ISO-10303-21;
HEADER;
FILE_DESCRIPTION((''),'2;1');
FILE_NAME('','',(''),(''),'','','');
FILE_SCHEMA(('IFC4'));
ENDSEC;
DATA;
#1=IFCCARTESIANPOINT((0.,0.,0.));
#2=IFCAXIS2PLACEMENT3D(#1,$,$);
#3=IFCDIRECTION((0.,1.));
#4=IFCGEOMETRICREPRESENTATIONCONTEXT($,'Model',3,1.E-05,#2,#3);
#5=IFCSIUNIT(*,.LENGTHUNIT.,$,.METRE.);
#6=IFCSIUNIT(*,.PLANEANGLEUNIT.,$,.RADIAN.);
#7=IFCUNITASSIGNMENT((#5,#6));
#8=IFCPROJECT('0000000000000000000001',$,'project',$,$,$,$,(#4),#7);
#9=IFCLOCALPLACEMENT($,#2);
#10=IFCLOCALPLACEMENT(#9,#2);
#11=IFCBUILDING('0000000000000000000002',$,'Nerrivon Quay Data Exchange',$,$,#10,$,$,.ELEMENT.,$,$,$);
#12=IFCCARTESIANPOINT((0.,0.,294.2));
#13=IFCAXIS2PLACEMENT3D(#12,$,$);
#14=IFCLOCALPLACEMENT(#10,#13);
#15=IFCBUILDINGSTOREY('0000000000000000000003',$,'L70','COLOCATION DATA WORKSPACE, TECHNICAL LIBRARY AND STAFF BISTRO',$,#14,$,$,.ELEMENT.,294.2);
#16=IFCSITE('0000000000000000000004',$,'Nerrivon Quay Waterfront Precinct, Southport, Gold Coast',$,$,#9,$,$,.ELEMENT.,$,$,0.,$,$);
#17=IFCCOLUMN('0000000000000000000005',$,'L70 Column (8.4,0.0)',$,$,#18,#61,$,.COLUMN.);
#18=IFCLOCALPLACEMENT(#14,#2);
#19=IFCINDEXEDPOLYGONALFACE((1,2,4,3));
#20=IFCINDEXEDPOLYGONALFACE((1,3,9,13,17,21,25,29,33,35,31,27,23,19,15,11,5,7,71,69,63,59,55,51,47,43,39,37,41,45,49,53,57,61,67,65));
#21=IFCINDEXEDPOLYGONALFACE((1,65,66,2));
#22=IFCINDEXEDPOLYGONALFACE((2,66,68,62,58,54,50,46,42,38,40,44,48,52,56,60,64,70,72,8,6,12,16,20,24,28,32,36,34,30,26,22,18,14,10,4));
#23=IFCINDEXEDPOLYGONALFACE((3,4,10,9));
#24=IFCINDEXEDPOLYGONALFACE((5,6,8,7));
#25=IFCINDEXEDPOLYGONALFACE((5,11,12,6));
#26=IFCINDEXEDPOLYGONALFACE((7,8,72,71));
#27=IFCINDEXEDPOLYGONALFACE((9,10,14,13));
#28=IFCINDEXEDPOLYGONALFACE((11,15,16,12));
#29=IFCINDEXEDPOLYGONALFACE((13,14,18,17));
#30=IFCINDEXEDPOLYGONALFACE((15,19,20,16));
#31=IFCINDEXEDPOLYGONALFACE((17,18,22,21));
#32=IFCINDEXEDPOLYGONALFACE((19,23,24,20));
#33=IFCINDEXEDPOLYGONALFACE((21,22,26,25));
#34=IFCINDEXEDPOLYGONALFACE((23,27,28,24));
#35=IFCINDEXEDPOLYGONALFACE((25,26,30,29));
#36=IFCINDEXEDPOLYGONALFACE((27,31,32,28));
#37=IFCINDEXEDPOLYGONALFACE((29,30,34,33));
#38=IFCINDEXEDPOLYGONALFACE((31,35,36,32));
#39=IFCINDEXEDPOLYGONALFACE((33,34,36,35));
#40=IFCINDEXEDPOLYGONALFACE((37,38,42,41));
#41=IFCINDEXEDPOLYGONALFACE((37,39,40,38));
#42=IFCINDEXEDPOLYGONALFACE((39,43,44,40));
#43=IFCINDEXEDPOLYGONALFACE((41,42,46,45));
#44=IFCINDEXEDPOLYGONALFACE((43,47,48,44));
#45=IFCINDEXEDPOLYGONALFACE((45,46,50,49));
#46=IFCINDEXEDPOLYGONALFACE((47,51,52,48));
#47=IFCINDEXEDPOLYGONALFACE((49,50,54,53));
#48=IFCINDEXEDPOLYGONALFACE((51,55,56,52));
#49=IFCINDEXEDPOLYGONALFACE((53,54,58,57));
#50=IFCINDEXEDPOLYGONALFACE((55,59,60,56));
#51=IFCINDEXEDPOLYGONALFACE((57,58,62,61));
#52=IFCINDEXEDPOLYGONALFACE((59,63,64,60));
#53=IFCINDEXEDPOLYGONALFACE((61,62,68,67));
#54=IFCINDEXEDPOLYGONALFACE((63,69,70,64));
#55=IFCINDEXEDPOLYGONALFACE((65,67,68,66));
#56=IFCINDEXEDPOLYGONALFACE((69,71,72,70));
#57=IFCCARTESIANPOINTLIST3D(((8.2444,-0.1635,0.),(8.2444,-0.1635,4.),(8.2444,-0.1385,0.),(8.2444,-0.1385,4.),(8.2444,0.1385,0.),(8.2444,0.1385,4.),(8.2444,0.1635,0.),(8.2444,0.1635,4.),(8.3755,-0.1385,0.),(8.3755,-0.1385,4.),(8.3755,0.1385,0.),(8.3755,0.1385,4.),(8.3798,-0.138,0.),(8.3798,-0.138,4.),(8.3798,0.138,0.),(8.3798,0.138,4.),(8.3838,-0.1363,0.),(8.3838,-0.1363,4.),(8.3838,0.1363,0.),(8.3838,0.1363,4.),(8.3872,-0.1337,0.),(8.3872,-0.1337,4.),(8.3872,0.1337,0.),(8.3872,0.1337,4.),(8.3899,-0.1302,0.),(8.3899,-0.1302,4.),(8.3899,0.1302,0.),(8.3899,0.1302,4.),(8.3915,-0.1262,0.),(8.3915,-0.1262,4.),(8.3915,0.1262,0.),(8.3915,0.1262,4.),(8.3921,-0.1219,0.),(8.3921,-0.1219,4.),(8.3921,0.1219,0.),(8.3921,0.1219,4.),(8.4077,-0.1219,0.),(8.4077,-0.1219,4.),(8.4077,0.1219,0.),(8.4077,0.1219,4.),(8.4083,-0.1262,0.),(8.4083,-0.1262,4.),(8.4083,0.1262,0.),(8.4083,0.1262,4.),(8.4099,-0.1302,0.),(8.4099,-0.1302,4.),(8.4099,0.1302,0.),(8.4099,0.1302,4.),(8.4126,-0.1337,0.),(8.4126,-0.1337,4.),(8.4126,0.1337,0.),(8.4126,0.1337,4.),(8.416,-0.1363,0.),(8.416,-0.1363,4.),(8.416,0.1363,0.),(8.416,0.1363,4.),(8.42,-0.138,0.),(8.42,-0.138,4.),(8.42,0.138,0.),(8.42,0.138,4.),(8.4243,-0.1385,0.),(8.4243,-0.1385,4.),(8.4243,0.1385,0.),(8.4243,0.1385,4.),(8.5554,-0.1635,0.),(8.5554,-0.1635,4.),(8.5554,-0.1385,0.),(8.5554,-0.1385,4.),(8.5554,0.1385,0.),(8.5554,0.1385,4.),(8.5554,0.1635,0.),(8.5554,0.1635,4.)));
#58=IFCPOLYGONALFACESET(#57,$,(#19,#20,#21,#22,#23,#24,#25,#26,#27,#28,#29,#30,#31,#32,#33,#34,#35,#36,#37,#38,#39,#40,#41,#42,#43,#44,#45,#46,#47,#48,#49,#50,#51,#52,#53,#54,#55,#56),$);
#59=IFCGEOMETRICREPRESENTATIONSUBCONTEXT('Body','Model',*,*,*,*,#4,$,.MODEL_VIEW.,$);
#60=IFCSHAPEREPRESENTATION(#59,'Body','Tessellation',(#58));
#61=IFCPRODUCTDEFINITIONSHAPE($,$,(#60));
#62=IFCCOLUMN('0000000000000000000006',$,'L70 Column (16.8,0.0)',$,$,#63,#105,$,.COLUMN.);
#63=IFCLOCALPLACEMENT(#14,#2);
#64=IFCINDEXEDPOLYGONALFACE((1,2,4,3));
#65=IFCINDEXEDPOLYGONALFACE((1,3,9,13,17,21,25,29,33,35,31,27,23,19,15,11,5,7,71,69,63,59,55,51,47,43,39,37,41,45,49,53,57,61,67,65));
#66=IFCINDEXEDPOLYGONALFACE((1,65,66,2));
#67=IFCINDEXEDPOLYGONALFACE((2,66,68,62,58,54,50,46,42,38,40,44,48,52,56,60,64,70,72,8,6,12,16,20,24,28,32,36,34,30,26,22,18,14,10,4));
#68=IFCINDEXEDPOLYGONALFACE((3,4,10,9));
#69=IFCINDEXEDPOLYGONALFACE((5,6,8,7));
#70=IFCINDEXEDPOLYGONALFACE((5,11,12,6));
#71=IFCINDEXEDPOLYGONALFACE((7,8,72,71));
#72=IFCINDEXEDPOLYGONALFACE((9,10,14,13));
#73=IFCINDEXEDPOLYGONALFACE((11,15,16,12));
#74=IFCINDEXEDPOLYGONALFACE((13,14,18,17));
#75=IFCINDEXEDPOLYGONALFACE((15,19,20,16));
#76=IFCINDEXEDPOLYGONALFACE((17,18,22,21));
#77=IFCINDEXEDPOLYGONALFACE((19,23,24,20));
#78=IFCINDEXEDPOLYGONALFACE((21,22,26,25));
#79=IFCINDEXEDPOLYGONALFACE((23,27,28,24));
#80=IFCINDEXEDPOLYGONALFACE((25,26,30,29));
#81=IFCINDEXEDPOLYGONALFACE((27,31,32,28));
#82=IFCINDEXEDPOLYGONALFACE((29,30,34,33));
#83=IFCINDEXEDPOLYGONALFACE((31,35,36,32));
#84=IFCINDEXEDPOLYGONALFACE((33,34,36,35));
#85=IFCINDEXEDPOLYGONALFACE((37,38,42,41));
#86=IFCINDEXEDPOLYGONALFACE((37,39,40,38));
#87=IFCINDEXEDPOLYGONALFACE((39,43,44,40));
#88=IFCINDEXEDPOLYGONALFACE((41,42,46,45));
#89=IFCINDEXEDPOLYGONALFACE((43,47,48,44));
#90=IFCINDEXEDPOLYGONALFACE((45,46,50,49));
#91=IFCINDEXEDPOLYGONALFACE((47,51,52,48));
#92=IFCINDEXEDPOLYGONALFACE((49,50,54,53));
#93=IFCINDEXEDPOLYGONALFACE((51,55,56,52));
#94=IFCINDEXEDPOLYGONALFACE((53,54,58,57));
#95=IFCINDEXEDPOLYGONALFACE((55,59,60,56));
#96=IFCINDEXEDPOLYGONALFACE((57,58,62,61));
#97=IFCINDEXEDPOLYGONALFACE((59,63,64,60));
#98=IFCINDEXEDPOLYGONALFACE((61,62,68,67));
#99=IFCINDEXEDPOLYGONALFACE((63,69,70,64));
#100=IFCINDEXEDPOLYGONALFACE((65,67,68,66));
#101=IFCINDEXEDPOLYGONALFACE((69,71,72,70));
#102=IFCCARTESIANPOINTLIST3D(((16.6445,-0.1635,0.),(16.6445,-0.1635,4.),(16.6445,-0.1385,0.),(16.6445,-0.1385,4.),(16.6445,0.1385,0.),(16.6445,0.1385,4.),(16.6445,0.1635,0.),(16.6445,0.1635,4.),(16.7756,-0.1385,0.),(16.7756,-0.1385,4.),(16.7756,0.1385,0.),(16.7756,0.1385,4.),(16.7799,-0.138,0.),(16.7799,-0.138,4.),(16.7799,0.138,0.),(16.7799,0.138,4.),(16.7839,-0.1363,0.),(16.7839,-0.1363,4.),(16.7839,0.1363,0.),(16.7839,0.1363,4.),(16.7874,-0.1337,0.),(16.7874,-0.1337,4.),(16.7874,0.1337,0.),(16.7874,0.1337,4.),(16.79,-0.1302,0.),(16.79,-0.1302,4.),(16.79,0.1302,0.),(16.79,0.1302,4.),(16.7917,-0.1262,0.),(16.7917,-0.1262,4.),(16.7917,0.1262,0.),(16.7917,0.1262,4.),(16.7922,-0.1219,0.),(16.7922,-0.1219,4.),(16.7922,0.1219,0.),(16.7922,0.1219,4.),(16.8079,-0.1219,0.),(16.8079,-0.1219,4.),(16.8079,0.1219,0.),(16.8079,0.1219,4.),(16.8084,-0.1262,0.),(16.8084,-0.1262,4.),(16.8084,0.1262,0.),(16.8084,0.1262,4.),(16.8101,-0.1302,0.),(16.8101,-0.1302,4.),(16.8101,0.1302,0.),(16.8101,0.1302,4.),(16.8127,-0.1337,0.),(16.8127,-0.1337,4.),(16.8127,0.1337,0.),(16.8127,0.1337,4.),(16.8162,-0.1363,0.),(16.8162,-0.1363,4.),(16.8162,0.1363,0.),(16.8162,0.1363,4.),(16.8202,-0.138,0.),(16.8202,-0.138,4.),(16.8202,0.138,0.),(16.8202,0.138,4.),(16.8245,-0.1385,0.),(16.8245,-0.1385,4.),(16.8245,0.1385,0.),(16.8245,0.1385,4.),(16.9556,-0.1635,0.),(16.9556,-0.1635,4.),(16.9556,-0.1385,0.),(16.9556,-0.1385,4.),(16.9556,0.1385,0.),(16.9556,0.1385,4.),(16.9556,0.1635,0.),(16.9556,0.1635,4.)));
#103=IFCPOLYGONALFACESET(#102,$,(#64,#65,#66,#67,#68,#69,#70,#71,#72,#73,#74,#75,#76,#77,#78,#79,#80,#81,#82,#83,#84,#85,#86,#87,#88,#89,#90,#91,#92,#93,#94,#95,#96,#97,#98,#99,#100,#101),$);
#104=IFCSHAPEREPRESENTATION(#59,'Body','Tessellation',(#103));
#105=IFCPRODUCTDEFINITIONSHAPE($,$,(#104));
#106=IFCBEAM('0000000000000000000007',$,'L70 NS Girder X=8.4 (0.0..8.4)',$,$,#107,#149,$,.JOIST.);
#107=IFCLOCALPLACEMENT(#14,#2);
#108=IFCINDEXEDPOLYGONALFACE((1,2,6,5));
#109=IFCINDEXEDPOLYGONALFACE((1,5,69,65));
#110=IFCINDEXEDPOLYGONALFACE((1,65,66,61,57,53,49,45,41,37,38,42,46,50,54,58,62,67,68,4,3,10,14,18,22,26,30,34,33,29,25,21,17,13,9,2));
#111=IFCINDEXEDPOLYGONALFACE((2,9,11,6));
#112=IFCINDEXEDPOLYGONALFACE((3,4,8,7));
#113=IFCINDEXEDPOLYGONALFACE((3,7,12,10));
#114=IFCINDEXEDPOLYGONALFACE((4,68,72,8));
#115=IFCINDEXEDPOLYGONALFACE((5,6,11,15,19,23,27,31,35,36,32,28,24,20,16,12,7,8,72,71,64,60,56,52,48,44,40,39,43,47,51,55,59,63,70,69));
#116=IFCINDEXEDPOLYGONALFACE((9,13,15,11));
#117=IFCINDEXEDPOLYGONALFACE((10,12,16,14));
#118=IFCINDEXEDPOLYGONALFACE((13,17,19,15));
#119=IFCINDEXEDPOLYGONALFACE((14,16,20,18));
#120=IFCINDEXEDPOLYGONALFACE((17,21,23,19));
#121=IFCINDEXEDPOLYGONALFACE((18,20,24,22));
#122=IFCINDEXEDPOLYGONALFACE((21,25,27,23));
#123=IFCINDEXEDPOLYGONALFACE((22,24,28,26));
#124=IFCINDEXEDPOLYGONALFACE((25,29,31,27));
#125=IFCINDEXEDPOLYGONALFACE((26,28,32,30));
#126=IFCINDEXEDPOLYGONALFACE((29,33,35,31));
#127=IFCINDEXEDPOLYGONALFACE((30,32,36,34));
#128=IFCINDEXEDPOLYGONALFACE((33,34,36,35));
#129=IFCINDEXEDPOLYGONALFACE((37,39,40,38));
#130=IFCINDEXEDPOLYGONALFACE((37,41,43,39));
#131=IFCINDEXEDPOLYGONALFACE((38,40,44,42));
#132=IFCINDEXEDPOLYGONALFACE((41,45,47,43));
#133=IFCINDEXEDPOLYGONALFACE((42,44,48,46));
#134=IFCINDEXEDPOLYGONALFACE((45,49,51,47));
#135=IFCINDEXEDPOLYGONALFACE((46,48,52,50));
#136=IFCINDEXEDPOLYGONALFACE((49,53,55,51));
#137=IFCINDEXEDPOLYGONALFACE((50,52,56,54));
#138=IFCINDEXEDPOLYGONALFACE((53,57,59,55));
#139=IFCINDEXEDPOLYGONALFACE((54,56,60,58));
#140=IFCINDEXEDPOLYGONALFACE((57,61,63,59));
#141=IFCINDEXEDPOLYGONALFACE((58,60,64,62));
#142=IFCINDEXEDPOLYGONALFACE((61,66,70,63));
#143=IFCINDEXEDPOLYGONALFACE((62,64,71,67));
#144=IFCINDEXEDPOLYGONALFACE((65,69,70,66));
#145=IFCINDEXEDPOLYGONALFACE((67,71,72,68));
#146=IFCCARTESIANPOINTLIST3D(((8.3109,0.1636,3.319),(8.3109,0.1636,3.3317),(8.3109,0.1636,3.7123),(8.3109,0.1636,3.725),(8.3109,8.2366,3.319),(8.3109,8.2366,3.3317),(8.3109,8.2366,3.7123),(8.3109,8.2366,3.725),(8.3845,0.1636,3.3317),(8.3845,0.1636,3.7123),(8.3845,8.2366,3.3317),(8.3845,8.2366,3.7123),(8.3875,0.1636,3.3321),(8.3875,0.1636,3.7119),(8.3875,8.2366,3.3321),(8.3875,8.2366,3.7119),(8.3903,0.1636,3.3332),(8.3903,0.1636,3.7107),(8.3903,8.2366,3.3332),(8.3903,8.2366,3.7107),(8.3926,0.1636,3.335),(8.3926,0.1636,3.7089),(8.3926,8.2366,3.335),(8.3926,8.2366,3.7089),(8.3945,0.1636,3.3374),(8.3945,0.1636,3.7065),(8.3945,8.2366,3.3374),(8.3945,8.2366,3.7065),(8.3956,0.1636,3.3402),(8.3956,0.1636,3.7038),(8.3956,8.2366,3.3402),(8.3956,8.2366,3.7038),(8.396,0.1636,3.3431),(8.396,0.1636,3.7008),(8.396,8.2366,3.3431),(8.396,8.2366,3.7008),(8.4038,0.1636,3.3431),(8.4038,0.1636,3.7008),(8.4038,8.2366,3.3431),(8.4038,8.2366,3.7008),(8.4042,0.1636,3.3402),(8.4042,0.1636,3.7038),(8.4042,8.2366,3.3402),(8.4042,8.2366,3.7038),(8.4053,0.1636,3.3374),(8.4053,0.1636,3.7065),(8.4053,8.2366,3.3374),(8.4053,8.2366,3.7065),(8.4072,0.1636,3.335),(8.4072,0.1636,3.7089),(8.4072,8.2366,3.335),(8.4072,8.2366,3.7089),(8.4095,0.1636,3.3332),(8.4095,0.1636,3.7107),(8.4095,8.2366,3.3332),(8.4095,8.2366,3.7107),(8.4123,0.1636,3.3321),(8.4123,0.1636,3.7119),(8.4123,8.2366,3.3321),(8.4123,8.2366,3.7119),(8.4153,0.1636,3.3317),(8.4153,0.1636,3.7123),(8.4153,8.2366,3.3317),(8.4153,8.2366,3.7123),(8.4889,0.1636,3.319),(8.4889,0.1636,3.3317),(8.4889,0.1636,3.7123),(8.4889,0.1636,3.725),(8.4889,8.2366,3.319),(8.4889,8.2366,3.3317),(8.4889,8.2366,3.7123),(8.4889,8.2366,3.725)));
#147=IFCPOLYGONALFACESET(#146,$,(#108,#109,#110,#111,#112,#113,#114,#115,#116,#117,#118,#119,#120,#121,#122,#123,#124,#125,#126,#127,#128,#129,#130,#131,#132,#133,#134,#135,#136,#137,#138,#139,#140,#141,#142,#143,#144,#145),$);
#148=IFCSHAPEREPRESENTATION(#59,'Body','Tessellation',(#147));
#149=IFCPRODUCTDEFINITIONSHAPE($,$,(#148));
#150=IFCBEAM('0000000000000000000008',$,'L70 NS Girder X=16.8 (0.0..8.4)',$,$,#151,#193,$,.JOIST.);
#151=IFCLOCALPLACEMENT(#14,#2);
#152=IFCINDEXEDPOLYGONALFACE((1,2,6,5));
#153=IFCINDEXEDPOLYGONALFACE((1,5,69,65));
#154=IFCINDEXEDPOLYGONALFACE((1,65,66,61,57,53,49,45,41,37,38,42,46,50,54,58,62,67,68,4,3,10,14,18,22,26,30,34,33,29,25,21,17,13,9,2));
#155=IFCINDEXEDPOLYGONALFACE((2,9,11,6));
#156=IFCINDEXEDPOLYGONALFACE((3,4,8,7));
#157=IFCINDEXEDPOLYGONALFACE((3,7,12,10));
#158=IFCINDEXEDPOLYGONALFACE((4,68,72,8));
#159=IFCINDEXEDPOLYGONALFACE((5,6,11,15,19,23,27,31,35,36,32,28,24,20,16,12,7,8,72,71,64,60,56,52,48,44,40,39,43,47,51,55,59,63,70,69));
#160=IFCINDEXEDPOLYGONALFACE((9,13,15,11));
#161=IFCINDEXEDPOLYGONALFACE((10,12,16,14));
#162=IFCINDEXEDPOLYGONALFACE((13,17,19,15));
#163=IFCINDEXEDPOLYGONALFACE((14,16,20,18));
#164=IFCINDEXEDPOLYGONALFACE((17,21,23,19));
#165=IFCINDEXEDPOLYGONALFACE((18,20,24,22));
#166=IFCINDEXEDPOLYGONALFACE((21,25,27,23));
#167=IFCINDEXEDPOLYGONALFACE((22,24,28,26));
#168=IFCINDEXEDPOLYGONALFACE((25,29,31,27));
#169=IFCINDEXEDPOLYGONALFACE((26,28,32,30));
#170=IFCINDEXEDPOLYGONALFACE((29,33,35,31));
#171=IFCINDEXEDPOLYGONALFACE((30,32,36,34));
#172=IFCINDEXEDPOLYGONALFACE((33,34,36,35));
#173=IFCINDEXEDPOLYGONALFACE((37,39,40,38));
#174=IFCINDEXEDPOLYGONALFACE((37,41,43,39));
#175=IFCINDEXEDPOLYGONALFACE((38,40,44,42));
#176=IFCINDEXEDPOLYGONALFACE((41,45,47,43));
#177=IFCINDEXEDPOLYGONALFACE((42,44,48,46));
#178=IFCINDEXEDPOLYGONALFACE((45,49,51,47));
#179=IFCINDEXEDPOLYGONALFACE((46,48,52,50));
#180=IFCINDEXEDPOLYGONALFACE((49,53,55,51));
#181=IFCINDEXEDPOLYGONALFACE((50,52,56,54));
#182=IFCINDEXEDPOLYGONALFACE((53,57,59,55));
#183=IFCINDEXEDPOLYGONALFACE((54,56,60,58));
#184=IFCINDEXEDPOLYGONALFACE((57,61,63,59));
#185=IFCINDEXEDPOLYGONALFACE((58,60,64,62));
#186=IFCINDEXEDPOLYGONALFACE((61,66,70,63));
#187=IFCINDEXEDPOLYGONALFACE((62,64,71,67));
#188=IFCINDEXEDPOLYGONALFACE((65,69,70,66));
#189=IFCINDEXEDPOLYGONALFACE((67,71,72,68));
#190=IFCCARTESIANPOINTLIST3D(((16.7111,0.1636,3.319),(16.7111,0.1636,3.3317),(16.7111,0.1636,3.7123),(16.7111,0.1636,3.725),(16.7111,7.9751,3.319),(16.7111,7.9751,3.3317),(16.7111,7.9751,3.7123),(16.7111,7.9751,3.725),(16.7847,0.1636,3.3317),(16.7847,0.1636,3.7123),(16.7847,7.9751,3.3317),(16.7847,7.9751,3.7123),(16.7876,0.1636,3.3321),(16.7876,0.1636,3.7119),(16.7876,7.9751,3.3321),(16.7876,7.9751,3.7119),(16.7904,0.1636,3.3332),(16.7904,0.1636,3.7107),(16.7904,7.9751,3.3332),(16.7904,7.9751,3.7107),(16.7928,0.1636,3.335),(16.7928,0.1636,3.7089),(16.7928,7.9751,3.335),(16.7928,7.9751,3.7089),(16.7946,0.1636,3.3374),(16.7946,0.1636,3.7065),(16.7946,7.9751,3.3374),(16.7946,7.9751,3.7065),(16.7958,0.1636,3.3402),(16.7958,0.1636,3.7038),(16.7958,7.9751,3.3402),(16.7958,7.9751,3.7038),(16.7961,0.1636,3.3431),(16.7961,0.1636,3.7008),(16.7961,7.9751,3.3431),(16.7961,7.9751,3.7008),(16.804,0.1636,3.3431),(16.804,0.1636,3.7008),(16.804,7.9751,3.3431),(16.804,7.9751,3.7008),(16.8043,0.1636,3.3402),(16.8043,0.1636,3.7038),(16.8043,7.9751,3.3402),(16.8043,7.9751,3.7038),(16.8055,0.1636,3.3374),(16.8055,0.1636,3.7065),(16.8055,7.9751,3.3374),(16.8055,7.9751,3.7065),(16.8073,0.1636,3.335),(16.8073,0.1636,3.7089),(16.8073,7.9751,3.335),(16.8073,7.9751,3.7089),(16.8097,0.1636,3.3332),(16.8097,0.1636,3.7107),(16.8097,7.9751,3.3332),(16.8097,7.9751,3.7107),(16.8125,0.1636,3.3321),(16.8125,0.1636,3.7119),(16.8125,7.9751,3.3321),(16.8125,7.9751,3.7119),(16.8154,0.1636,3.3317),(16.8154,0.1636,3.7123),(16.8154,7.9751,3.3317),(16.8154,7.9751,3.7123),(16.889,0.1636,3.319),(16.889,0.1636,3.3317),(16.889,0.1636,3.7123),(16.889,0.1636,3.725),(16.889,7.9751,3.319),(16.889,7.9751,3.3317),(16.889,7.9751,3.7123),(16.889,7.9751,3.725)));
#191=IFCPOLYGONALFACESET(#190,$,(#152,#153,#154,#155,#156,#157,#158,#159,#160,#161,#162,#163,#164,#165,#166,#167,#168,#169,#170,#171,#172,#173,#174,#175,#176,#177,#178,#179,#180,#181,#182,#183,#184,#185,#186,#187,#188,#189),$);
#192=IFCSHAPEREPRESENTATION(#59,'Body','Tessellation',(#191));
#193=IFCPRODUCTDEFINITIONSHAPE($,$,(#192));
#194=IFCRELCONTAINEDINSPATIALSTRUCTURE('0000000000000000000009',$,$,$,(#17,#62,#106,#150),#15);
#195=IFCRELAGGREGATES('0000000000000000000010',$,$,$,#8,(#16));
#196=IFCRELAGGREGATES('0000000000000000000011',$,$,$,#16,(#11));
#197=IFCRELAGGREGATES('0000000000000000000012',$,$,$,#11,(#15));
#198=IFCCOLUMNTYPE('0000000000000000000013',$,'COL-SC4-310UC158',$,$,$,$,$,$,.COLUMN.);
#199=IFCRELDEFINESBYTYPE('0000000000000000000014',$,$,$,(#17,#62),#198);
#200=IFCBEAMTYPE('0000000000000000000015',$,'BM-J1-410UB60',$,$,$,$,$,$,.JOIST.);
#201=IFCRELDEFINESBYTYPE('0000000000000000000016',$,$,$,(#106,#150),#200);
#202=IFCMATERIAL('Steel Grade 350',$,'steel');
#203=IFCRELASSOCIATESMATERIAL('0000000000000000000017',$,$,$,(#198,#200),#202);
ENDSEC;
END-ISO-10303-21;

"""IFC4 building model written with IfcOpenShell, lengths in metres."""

from ifc_helpers import new_model, si_unit, direction, frame, origin, origin_2d, place, context, subcontext, project, spatial, i_section, extrude, material, material_profile, profile_set, type_object, element, save


model = new_model("IFC4")

# Units and contexts
model_context = context("Model", 3, precision=1e-05, world=origin(), true_north=direction((0.0, 1.0)))
body_context = subcontext(model_context, "Body", "Model", "MODEL_VIEW")
ifc_project = project(units=[si_unit("LENGTHUNIT", "METRE"), si_unit("PLANEANGLEUNIT", "RADIAN")], contexts=[model_context])

# Site, building, storey
site_placement = place(None, origin())
site = spatial("IfcSite", under=ifc_project, at=site_placement, Name="Nerrivon Quay Waterfront Precinct, Southport, Gold Coast", CompositionType="ELEMENT", RefElevation=0.0)
building_placement = place(site_placement, origin())
building = spatial("IfcBuilding", under=site, at=building_placement, Name="Nerrivon Quay Data Exchange", CompositionType="ELEMENT")
storey_placement = place(building_placement, frame((0.0, 0.0, 294.2)))
storey = spatial("IfcBuildingStorey", under=building, at=storey_placement, Name="L70", Description="COLOCATION DATA WORKSPACE, TECHNICAL LIBRARY AND STAFF BISTRO", CompositionType="ELEMENT", Elevation=294.2)

# Columns
ifc_material_1 = material(Name="Steel Grade 350", Category="steel")
ifc_material_profile_1 = material_profile(ifc_material_1, i_section(OverallWidth=0.311, OverallDepth=0.3269, WebThickness=0.0156, FlangeThickness=0.0249, FilletRadius=0.0166, at=origin_2d()), Name="310UC158")
ifc_profile_set_1 = profile_set([ifc_material_profile_1], Name="Steel Grade 350")
column_type = type_object("IfcColumnType", Name="COL-SC4-310UC158", PredefinedType="COLUMN", material=ifc_profile_set_1)
for number, where, z_axis, x_axis, name in (
    (1, (8.3999, 0.0, 0.0), (0.0, 0.0, 1.0), (1.0, 0.0, 0.0), "L70 Column (8.4,0.0)"),
    (2, (16.8, 0.0, 0.0), (0.0, 0.0, 1.0), (1.0, 0.0, 0.0), "L70 Column (16.8,0.0)"),
):
    element("IfcColumn", number, at=place(storey_placement, frame(where, z_axis=z_axis, x_axis=x_axis)), inside=storey, type_object=column_type, Name=name, PredefinedType="COLUMN", context=body_context, shape_type="SweptSolid", body=[
        extrude(i_section(OverallWidth=0.311, OverallDepth=0.3269, WebThickness=0.0156, FlangeThickness=0.0249, FilletRadius=0.0166, at=origin_2d()), origin(), (0.0, 0.0, 1.0), 4.0),
    ])

# Beams
ifc_material_profile_2 = material_profile(ifc_material_1, i_section(OverallWidth=0.178, OverallDepth=0.406, WebThickness=0.0078, FlangeThickness=0.0127, FilletRadius=0.0115, at=origin_2d()), Name="410UB59.7")
ifc_profile_set_2 = profile_set([ifc_material_profile_2], Name="Steel Grade 350")
beam_type_1 = type_object("IfcBeamType", Name="BM-J1-410UB60", PredefinedType="JOIST", material=ifc_profile_set_2)
beam_1_placement = place(storey_placement, frame((8.3999, 0.1636, 3.522), z_axis=(0.0, 1.0, 0.0), x_axis=(-1.0, 0.0, 0.0)))
element("IfcBeam", 3, at=beam_1_placement, inside=storey, type_object=beam_type_1, Name="L70 NS Girder X=8.4 (0.0..8.4)", PredefinedType="JOIST", context=body_context, shape_type="SweptSolid", body=[
    extrude(i_section(OverallWidth=0.178, OverallDepth=0.406, WebThickness=0.0078, FlangeThickness=0.0127, FilletRadius=0.0115, at=origin_2d()), origin(), (0.0, 0.0, 1.0), 8.073),
])
beam_2_placement = place(storey_placement, frame((16.8, 0.1636, 3.522), z_axis=(0.0, 1.0, 0.0), x_axis=(-1.0, 0.0, 0.0)))
element("IfcBeam", 4, at=beam_2_placement, inside=storey, type_object=beam_type_1, Name="L70 NS Girder X=16.8 (0.0..8.4)", PredefinedType="JOIST", context=body_context, shape_type="SweptSolid", body=[
    extrude(i_section(OverallWidth=0.178, OverallDepth=0.406, WebThickness=0.0078, FlangeThickness=0.0127, FilletRadius=0.0115, at=origin_2d()), origin(), (0.0, 0.0, 1.0), 7.8115),
])

save(model, "model.ifc")
